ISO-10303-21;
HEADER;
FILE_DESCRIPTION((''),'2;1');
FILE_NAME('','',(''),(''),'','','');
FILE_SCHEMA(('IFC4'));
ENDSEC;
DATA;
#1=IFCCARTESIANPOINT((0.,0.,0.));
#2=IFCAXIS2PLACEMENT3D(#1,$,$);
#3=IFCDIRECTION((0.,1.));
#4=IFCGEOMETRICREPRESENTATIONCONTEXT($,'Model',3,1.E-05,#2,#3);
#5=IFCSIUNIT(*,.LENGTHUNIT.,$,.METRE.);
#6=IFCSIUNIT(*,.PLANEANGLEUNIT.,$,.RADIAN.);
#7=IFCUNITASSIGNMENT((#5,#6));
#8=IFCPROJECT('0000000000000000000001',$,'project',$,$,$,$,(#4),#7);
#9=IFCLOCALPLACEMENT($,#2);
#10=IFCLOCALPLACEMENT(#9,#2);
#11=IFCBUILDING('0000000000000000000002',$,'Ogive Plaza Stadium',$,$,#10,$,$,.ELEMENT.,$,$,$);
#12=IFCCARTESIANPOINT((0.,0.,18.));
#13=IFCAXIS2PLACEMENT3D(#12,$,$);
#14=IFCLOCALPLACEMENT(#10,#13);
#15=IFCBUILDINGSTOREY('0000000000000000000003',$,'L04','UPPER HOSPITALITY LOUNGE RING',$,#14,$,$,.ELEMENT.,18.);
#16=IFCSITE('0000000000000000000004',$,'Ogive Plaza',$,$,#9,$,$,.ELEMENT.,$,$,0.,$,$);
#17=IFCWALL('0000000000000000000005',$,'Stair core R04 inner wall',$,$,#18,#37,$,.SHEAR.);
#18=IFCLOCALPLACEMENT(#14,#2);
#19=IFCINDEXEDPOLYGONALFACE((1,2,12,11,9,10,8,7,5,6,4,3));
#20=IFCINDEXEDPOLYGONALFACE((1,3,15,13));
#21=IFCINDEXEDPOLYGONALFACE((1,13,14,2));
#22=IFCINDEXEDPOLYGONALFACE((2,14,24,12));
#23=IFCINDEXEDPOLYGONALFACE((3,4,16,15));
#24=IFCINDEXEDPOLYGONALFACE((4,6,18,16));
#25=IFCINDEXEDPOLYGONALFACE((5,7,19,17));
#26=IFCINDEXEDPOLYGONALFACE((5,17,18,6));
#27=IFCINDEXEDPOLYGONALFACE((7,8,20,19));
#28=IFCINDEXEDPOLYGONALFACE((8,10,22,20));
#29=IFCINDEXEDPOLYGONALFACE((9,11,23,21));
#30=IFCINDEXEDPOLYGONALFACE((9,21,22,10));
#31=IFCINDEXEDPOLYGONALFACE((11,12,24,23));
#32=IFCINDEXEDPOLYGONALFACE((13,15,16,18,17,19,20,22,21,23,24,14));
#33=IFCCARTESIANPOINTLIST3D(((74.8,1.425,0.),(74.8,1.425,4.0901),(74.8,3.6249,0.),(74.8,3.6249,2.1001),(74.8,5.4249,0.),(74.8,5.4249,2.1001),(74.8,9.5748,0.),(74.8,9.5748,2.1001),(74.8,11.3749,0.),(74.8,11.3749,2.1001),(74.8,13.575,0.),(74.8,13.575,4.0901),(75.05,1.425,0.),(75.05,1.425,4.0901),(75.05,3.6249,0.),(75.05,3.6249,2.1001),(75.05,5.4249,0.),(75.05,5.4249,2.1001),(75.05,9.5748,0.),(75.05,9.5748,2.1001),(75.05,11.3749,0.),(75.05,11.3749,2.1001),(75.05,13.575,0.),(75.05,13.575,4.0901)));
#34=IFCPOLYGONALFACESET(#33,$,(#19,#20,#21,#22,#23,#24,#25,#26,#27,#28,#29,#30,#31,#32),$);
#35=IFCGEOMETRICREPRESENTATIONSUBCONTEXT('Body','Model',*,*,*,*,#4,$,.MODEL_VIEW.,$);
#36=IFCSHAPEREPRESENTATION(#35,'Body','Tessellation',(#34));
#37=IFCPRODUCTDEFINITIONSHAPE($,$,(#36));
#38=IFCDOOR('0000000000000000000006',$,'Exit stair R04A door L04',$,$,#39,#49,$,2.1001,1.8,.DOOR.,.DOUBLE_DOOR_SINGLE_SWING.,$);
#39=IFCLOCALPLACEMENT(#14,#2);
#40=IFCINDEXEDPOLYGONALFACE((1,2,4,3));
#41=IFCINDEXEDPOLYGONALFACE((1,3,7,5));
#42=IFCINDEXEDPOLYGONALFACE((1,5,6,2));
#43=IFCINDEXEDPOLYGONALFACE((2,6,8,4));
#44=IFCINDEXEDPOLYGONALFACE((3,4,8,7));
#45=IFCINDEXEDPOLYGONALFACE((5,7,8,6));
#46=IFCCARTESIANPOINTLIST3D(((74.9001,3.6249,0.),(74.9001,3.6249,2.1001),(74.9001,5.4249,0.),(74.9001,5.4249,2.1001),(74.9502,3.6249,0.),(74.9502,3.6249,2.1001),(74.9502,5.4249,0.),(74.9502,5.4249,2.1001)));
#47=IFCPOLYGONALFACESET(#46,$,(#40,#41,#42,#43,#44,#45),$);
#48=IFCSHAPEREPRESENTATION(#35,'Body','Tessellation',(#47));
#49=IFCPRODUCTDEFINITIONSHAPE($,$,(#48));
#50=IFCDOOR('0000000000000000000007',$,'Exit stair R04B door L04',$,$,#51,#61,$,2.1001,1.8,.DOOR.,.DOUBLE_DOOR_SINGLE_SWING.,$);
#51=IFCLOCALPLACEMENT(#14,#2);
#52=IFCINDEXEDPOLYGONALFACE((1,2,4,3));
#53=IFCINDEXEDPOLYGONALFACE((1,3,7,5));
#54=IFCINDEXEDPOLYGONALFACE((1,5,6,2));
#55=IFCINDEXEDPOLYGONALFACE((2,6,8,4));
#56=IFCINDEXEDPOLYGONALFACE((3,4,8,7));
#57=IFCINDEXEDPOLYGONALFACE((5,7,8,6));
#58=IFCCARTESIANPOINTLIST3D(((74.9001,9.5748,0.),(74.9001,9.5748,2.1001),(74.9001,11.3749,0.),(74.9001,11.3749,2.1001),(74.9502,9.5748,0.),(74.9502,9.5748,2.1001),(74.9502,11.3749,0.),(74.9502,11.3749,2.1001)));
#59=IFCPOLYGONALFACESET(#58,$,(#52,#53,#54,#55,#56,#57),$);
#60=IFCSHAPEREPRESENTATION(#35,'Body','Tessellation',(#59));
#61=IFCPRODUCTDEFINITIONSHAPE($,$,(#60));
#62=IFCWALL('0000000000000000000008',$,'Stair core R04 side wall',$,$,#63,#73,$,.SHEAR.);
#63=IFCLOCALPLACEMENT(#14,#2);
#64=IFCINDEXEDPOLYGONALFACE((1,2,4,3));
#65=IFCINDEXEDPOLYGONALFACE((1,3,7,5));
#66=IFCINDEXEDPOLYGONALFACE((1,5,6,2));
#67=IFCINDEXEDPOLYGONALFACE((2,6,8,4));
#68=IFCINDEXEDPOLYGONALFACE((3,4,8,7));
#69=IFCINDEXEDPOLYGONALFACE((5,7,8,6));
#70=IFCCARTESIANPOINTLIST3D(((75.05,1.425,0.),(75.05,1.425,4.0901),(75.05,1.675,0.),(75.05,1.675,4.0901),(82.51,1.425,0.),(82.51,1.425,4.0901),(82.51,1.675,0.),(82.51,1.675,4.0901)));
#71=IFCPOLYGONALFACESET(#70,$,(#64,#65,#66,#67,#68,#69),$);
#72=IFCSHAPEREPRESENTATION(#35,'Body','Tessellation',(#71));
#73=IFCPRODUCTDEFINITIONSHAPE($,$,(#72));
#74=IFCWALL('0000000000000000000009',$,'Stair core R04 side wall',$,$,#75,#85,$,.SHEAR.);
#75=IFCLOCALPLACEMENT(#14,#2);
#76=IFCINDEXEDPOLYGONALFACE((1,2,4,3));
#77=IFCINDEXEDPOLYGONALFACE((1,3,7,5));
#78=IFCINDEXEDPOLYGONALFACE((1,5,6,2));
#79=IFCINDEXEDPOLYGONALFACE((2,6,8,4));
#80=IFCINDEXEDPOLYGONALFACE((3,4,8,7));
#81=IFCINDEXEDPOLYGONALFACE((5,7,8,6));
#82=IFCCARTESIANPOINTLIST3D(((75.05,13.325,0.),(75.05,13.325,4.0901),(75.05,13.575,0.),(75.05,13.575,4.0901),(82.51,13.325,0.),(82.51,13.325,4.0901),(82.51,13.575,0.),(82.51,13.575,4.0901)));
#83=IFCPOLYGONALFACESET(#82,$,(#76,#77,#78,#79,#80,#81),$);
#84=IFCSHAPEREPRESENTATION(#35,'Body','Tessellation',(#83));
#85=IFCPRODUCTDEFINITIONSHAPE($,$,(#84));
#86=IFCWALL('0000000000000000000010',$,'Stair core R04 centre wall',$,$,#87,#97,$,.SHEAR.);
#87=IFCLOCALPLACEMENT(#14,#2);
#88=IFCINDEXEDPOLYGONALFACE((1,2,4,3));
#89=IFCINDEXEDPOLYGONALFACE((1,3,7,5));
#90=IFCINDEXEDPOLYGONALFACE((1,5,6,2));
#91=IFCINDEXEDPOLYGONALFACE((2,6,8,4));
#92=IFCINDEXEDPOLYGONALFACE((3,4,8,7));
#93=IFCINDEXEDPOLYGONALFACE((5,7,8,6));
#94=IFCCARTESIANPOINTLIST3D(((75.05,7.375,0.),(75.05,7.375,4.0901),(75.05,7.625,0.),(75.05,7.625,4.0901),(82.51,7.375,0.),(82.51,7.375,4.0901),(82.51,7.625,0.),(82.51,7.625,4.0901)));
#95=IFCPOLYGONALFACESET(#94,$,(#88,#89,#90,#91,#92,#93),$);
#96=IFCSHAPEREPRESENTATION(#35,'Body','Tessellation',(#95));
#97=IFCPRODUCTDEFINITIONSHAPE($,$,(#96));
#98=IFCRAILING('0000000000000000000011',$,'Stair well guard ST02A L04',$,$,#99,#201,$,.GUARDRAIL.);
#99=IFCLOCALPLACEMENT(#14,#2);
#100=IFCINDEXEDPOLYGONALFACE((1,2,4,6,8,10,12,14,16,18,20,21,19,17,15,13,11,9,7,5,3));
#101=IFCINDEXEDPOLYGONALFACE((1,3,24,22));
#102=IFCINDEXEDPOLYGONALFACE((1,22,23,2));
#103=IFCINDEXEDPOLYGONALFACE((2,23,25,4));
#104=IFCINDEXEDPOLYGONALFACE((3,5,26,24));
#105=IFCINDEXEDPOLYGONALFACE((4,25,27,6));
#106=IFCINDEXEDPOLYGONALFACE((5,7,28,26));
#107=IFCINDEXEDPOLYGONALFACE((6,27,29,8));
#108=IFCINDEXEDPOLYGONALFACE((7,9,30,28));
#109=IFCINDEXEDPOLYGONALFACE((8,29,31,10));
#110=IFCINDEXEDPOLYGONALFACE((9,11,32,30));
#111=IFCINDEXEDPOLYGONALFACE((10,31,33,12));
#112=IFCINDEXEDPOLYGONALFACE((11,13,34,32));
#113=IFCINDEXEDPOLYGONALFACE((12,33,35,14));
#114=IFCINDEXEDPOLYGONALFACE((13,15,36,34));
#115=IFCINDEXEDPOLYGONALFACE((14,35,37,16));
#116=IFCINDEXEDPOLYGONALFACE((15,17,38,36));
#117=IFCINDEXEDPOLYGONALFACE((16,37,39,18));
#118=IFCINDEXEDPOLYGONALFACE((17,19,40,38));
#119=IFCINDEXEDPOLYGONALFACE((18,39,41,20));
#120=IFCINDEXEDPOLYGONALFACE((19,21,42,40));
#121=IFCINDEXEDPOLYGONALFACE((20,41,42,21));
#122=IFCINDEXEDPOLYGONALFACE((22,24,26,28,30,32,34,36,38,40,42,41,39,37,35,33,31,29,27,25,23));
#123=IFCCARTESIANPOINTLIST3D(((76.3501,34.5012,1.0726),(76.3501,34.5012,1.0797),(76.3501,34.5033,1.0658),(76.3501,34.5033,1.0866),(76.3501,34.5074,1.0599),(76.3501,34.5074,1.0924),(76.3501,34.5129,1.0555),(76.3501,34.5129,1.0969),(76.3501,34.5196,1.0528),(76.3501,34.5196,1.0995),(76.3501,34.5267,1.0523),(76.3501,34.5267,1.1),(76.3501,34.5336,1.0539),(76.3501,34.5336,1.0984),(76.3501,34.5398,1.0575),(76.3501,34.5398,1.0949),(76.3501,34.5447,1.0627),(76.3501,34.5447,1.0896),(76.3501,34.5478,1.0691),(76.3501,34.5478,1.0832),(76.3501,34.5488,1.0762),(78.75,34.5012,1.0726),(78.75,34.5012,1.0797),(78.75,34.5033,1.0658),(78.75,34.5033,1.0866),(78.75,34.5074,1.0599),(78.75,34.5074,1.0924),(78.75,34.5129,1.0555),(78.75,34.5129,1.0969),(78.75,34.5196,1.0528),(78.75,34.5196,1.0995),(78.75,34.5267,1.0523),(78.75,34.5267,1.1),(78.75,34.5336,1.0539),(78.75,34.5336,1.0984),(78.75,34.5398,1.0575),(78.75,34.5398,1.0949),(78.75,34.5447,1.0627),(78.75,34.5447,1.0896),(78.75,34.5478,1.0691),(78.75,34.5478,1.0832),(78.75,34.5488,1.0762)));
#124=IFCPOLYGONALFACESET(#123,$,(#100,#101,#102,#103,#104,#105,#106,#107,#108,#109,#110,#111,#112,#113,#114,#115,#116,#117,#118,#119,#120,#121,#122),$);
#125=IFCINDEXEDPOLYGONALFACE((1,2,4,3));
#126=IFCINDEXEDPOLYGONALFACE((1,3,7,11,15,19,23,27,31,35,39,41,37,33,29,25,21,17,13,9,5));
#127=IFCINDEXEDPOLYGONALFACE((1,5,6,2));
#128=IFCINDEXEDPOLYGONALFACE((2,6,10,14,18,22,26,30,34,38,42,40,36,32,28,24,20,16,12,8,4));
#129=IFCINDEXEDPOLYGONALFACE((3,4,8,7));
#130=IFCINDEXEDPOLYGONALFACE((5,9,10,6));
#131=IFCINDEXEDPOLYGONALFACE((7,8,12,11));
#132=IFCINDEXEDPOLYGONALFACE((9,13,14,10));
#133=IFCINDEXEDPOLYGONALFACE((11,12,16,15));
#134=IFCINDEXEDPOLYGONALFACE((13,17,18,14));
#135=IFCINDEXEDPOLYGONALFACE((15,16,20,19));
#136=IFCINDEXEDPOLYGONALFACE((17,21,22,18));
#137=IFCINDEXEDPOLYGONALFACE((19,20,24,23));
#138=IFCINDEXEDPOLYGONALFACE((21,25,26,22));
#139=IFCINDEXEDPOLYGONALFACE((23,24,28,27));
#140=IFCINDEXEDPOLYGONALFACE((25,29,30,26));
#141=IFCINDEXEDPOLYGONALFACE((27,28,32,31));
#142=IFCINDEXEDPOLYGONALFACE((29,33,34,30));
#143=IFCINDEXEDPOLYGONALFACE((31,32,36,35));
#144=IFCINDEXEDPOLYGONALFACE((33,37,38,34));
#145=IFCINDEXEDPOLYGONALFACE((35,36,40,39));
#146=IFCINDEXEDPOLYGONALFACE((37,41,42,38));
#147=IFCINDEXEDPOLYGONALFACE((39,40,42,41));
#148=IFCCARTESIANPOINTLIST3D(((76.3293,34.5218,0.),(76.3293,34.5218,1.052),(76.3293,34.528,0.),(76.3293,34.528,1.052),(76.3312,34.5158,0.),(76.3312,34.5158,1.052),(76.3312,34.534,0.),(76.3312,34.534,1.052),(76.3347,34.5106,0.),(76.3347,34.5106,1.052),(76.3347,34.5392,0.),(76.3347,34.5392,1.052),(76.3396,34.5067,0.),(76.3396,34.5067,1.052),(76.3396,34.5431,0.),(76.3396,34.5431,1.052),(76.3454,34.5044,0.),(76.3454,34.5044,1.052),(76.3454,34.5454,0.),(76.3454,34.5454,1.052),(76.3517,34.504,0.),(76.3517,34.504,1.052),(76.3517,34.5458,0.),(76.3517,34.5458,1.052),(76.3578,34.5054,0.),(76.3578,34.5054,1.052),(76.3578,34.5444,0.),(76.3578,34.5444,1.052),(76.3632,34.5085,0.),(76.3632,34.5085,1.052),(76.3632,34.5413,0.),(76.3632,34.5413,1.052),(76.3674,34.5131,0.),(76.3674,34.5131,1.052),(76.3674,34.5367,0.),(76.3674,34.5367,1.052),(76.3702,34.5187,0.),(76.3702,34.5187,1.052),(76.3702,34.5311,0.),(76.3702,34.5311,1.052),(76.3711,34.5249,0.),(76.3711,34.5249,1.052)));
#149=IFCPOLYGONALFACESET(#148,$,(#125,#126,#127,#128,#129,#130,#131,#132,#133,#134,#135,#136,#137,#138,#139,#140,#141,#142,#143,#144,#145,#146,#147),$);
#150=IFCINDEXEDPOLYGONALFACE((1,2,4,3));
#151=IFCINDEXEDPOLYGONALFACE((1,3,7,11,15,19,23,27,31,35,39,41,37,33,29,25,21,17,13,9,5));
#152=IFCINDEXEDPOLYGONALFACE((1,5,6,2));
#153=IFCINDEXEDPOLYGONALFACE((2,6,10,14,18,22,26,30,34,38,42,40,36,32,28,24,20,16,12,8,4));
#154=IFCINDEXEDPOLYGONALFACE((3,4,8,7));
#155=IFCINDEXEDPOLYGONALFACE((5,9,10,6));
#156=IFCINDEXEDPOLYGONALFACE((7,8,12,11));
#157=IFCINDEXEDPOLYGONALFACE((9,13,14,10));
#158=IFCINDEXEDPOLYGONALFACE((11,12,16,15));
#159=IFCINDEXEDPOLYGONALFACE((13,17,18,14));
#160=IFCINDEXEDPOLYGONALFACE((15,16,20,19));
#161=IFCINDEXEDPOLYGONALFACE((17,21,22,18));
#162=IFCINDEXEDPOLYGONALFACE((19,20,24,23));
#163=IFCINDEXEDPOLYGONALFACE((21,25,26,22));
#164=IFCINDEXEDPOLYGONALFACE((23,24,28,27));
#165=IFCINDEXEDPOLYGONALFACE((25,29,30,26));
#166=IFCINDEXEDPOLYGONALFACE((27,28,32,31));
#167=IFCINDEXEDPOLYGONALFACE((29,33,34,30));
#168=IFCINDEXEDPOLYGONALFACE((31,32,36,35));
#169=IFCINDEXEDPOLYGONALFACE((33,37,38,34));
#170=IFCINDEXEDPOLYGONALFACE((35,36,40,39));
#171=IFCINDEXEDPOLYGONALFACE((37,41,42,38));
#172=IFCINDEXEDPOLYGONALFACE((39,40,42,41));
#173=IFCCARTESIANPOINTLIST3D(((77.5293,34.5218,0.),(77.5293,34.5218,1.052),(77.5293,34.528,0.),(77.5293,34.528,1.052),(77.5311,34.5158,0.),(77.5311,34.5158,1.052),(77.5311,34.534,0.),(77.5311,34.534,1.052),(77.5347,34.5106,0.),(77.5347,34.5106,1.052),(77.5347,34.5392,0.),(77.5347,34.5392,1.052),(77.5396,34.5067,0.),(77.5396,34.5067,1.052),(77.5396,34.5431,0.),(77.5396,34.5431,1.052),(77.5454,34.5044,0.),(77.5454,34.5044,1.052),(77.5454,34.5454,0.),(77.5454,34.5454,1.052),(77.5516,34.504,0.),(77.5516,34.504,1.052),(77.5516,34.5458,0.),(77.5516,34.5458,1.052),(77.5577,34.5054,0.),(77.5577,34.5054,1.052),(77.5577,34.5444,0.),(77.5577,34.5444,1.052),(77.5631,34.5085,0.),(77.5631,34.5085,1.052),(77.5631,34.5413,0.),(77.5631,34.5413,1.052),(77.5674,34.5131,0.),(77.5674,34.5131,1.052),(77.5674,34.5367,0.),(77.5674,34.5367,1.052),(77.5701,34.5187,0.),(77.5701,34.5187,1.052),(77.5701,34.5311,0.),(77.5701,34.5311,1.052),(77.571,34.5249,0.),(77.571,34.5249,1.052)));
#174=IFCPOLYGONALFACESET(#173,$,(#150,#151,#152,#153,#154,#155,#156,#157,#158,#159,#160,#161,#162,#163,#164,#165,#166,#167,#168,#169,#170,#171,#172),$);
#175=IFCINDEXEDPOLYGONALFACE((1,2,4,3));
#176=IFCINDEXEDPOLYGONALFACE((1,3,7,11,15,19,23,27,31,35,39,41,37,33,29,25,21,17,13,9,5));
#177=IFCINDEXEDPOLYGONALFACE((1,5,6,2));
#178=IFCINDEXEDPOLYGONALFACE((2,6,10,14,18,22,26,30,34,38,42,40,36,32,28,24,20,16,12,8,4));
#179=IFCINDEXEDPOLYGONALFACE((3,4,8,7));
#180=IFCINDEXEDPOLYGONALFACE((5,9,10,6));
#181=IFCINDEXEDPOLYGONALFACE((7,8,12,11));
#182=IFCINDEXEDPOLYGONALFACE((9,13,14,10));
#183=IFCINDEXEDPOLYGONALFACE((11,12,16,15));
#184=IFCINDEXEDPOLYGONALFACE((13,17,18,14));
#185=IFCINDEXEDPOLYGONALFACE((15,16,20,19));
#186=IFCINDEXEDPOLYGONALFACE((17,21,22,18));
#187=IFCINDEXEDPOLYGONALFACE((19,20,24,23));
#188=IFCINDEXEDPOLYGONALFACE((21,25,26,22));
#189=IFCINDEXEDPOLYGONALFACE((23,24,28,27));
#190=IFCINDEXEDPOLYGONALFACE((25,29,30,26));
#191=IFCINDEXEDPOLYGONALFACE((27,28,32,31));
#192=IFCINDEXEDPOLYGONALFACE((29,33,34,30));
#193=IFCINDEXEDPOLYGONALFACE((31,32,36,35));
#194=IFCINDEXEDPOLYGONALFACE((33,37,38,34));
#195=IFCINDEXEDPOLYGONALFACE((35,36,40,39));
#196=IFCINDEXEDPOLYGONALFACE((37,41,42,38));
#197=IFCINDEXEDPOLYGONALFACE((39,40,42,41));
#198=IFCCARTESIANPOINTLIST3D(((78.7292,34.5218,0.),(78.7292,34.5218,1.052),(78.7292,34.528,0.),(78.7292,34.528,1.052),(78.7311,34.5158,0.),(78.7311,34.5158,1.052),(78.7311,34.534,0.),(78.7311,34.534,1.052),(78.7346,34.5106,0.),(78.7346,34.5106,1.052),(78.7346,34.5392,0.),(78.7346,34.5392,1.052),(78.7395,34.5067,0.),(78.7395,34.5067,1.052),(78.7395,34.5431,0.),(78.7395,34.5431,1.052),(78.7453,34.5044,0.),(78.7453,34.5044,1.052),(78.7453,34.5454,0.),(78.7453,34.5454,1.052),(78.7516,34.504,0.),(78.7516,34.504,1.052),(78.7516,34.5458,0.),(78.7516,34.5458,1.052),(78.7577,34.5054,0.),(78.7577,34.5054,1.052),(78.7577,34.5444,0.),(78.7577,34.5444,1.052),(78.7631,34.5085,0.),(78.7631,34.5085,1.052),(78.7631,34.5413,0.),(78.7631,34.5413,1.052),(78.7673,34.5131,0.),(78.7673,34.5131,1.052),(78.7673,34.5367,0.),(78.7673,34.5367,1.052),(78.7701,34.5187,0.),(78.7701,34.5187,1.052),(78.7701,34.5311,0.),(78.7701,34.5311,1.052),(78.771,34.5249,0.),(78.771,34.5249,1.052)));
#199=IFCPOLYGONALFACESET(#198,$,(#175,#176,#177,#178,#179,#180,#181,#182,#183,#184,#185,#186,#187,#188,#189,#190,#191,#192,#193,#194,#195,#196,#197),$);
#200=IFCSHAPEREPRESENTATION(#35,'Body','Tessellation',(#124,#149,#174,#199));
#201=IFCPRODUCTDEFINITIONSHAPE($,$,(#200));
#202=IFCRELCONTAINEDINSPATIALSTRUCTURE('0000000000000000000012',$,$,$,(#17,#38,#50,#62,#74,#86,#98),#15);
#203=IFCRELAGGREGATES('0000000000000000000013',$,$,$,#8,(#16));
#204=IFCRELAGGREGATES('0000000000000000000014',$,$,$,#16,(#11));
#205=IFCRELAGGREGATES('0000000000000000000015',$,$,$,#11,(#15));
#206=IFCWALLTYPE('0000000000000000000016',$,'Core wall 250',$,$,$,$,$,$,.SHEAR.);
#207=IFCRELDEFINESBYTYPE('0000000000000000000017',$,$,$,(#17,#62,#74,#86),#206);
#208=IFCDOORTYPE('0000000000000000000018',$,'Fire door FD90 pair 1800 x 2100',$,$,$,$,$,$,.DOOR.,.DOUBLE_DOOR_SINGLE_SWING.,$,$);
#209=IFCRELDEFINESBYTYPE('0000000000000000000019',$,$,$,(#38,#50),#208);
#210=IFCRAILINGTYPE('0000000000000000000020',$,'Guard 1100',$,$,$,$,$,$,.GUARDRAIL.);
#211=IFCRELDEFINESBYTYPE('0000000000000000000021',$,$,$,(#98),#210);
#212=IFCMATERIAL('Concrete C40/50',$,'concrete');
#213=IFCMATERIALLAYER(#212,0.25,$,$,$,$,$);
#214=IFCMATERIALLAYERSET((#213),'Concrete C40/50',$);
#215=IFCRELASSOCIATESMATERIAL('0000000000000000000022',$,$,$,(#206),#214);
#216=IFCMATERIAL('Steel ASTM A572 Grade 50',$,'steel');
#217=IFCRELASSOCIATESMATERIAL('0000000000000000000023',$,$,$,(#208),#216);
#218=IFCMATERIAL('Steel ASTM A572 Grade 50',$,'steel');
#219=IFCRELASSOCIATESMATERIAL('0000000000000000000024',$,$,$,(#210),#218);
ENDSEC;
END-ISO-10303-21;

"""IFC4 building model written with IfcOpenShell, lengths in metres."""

from ifc_helpers import new_model, si_unit, direction, frame, frame_2d, origin, origin_2d, place, context, subcontext, project, spatial, rectangle, circle, extrude, material, layer, layer_set, type_object, element, fill, save


model = new_model("IFC4")

# Units and contexts
model_context = context("Model", 3, precision=1e-05, world=origin(), true_north=direction((0.0, 1.0)))
body_context = subcontext(model_context, "Body", "Model", "MODEL_VIEW")
ifc_project = project(units=[si_unit("LENGTHUNIT", "METRE"), si_unit("PLANEANGLEUNIT", "RADIAN")], contexts=[model_context])

# Site, building, storey
site_placement = place(None, origin())
site = spatial("IfcSite", under=ifc_project, at=site_placement, Name="Ogive Plaza", CompositionType="ELEMENT", RefElevation=0.0)
building_placement = place(site_placement, origin())
building = spatial("IfcBuilding", under=site, at=building_placement, Name="Ogive Plaza Stadium", CompositionType="ELEMENT")
storey_placement = place(building_placement, frame((0.0, 0.0, 18.0)))
storey = spatial("IfcBuildingStorey", under=building, at=storey_placement, Name="L04", Description="UPPER HOSPITALITY LOUNGE RING", CompositionType="ELEMENT", Elevation=18.0)

# Shared definitions
ifc_material_1 = material(Name="Concrete C40/50", Category="concrete")
ifc_layer = layer(ifc_material_1, 0.25)
ifc_layer_set = layer_set([ifc_layer], Name="Concrete C40/50")
wall_type = type_object("IfcWallType", Name="Core wall 250", PredefinedType="SHEAR", material=ifc_layer_set)
ifc_material_2 = material(Name="Steel ASTM A572 Grade 50", Category="steel")
door_type = type_object("IfcDoorType", Name="Fire door FD90 pair 1800 x 2100", OperationType="DOUBLE_DOOR_SINGLE_SWING", PredefinedType="DOOR", material=ifc_material_2)

# Wall, openings, doors
wall_1_placement = place(storey_placement, frame((74.925, 1.425, 0.0), z_axis=(0.0, 0.0, 1.0), x_axis=(0.0, 1.0, 0.0)))
wall_1 = element("IfcWall", 1, at=wall_1_placement, inside=storey, type_object=wall_type, Name="Stair core R04 inner wall", PredefinedType="SHEAR", context=body_context, shape_type="SweptSolid", body=[
    extrude(rectangle(XDim=12.1499, YDim=0.25, at=frame_2d((6.075, 0.0))), origin(), (0.0, 0.0, 1.0), 4.0901),
])
opening_1_placement = place(wall_1_placement, frame((2.2, 0.0, 0.0)))
opening_1 = element("IfcOpeningElement", 2, at=opening_1_placement, cuts=wall_1, PredefinedType="OPENING", context=body_context, shape_type="SweptSolid", body=[
    extrude(rectangle(XDim=1.8, YDim=2.1001, at=frame_2d((0.8999, 1.05))), frame((0.0, 0.125, 0.0), z_axis=(0.0, -1.0, 0.0), x_axis=(1.0, 0.0, 0.0)), (0.0, 0.0, 1.0), 0.25),
])
opening_2_placement = place(wall_1_placement, frame((8.1499, 0.0, 0.0)))
opening_2 = element("IfcOpeningElement", 3, at=opening_2_placement, cuts=wall_1, PredefinedType="OPENING", context=body_context, shape_type="SweptSolid", body=[
    extrude(rectangle(XDim=1.8, YDim=2.1001, at=frame_2d((0.8999, 1.05))), frame((0.0, 0.125, 0.0), z_axis=(0.0, -1.0, 0.0), x_axis=(1.0, 0.0, 0.0)), (0.0, 0.0, 1.0), 0.25),
])
door_1_placement = place(opening_1_placement, origin())
door_1 = element("IfcDoor", 4, at=door_1_placement, inside=storey, type_object=door_type, Name="Exit stair R04A door L04", OperationType="DOUBLE_DOOR_SINGLE_SWING", OverallHeight=2.1001, OverallWidth=1.8, PredefinedType="DOOR", context=body_context, shape_type="SweptSolid", body=[
    extrude(rectangle(XDim=1.8, YDim=2.1001, at=frame_2d((0.8999, 1.05))), frame((0.0, 0.0249, 0.0), z_axis=(0.0, -1.0, 0.0), x_axis=(1.0, 0.0, 0.0)), (0.0, 0.0, 1.0), 0.05),
])
fill(opening_1, door_1)
door_2_placement = place(opening_2_placement, origin())
door_2 = element("IfcDoor", 5, at=door_2_placement, inside=storey, type_object=door_type, Name="Exit stair R04B door L04", OperationType="DOUBLE_DOOR_SINGLE_SWING", OverallHeight=2.1001, OverallWidth=1.8, PredefinedType="DOOR", context=body_context, shape_type="SweptSolid", body=[
    extrude(rectangle(XDim=1.8, YDim=2.1001, at=frame_2d((0.8999, 1.05))), frame((0.0, 0.0249, 0.0), z_axis=(0.0, -1.0, 0.0), x_axis=(1.0, 0.0, 0.0)), (0.0, 0.0, 1.0), 0.05),
])
fill(opening_2, door_2)

# Walls
for number, where, z_axis, x_axis, name in (
    (6, (75.05, 1.55, 0.0), (0.0, 0.0, 1.0), (1.0, 0.0, 0.0), "Stair core R04 side wall"),
    (7, (75.05, 13.45, 0.0), (0.0, 0.0, 1.0), (1.0, 0.0, 0.0), "Stair core R04 side wall"),
    (8, (75.05, 7.5, 0.0), (0.0, 0.0, 1.0), (1.0, 0.0, 0.0), "Stair core R04 centre wall"),
):
    element("IfcWall", number, at=place(storey_placement, frame(where, z_axis=z_axis, x_axis=x_axis)), inside=storey, type_object=wall_type, Name=name, PredefinedType="SHEAR", context=body_context, shape_type="SweptSolid", body=[
        extrude(rectangle(XDim=7.46, YDim=0.25, at=frame_2d((3.73, 0.0))), origin(), (0.0, 0.0, 1.0), 4.0901),
    ])

# Railing
ifc_material_3 = material(Name="Steel ASTM A572 Grade 50", Category="steel")
railing_type_1 = type_object("IfcRailingType", Name="Guard 1100", PredefinedType="GUARDRAIL", material=ifc_material_3)
for number, where, name in (
    (9, (76.3501, 34.5249, 0.0), "Stair well guard ST02A L04"),
):
    element("IfcRailing", number, at=place(storey_placement, frame(where)), inside=storey, type_object=railing_type_1, Name=name, PredefinedType="GUARDRAIL", context=body_context, shape_type="SweptSolid", body=[
        extrude(circle(Radius=0.0239, at=origin_2d()), frame((0.0, 0.0, 1.0762), z_axis=(1.0, 0.0, 0.0), x_axis=(0.0, 1.0, 0.0)), (0.0, 0.0, 1.0), 2.3999),
        extrude(circle(Radius=0.021, at=origin_2d()), origin(), (0.0, 0.0, 1.0), 1.052),
        extrude(circle(Radius=0.021, at=origin_2d()), frame((1.2, 0.0, 0.0)), (0.0, 0.0, 1.0), 1.052),
        extrude(circle(Radius=0.021, at=origin_2d()), frame((2.3999, 0.0, 0.0)), (0.0, 0.0, 1.0), 1.052),
    ])

save(model, "model.ifc")
